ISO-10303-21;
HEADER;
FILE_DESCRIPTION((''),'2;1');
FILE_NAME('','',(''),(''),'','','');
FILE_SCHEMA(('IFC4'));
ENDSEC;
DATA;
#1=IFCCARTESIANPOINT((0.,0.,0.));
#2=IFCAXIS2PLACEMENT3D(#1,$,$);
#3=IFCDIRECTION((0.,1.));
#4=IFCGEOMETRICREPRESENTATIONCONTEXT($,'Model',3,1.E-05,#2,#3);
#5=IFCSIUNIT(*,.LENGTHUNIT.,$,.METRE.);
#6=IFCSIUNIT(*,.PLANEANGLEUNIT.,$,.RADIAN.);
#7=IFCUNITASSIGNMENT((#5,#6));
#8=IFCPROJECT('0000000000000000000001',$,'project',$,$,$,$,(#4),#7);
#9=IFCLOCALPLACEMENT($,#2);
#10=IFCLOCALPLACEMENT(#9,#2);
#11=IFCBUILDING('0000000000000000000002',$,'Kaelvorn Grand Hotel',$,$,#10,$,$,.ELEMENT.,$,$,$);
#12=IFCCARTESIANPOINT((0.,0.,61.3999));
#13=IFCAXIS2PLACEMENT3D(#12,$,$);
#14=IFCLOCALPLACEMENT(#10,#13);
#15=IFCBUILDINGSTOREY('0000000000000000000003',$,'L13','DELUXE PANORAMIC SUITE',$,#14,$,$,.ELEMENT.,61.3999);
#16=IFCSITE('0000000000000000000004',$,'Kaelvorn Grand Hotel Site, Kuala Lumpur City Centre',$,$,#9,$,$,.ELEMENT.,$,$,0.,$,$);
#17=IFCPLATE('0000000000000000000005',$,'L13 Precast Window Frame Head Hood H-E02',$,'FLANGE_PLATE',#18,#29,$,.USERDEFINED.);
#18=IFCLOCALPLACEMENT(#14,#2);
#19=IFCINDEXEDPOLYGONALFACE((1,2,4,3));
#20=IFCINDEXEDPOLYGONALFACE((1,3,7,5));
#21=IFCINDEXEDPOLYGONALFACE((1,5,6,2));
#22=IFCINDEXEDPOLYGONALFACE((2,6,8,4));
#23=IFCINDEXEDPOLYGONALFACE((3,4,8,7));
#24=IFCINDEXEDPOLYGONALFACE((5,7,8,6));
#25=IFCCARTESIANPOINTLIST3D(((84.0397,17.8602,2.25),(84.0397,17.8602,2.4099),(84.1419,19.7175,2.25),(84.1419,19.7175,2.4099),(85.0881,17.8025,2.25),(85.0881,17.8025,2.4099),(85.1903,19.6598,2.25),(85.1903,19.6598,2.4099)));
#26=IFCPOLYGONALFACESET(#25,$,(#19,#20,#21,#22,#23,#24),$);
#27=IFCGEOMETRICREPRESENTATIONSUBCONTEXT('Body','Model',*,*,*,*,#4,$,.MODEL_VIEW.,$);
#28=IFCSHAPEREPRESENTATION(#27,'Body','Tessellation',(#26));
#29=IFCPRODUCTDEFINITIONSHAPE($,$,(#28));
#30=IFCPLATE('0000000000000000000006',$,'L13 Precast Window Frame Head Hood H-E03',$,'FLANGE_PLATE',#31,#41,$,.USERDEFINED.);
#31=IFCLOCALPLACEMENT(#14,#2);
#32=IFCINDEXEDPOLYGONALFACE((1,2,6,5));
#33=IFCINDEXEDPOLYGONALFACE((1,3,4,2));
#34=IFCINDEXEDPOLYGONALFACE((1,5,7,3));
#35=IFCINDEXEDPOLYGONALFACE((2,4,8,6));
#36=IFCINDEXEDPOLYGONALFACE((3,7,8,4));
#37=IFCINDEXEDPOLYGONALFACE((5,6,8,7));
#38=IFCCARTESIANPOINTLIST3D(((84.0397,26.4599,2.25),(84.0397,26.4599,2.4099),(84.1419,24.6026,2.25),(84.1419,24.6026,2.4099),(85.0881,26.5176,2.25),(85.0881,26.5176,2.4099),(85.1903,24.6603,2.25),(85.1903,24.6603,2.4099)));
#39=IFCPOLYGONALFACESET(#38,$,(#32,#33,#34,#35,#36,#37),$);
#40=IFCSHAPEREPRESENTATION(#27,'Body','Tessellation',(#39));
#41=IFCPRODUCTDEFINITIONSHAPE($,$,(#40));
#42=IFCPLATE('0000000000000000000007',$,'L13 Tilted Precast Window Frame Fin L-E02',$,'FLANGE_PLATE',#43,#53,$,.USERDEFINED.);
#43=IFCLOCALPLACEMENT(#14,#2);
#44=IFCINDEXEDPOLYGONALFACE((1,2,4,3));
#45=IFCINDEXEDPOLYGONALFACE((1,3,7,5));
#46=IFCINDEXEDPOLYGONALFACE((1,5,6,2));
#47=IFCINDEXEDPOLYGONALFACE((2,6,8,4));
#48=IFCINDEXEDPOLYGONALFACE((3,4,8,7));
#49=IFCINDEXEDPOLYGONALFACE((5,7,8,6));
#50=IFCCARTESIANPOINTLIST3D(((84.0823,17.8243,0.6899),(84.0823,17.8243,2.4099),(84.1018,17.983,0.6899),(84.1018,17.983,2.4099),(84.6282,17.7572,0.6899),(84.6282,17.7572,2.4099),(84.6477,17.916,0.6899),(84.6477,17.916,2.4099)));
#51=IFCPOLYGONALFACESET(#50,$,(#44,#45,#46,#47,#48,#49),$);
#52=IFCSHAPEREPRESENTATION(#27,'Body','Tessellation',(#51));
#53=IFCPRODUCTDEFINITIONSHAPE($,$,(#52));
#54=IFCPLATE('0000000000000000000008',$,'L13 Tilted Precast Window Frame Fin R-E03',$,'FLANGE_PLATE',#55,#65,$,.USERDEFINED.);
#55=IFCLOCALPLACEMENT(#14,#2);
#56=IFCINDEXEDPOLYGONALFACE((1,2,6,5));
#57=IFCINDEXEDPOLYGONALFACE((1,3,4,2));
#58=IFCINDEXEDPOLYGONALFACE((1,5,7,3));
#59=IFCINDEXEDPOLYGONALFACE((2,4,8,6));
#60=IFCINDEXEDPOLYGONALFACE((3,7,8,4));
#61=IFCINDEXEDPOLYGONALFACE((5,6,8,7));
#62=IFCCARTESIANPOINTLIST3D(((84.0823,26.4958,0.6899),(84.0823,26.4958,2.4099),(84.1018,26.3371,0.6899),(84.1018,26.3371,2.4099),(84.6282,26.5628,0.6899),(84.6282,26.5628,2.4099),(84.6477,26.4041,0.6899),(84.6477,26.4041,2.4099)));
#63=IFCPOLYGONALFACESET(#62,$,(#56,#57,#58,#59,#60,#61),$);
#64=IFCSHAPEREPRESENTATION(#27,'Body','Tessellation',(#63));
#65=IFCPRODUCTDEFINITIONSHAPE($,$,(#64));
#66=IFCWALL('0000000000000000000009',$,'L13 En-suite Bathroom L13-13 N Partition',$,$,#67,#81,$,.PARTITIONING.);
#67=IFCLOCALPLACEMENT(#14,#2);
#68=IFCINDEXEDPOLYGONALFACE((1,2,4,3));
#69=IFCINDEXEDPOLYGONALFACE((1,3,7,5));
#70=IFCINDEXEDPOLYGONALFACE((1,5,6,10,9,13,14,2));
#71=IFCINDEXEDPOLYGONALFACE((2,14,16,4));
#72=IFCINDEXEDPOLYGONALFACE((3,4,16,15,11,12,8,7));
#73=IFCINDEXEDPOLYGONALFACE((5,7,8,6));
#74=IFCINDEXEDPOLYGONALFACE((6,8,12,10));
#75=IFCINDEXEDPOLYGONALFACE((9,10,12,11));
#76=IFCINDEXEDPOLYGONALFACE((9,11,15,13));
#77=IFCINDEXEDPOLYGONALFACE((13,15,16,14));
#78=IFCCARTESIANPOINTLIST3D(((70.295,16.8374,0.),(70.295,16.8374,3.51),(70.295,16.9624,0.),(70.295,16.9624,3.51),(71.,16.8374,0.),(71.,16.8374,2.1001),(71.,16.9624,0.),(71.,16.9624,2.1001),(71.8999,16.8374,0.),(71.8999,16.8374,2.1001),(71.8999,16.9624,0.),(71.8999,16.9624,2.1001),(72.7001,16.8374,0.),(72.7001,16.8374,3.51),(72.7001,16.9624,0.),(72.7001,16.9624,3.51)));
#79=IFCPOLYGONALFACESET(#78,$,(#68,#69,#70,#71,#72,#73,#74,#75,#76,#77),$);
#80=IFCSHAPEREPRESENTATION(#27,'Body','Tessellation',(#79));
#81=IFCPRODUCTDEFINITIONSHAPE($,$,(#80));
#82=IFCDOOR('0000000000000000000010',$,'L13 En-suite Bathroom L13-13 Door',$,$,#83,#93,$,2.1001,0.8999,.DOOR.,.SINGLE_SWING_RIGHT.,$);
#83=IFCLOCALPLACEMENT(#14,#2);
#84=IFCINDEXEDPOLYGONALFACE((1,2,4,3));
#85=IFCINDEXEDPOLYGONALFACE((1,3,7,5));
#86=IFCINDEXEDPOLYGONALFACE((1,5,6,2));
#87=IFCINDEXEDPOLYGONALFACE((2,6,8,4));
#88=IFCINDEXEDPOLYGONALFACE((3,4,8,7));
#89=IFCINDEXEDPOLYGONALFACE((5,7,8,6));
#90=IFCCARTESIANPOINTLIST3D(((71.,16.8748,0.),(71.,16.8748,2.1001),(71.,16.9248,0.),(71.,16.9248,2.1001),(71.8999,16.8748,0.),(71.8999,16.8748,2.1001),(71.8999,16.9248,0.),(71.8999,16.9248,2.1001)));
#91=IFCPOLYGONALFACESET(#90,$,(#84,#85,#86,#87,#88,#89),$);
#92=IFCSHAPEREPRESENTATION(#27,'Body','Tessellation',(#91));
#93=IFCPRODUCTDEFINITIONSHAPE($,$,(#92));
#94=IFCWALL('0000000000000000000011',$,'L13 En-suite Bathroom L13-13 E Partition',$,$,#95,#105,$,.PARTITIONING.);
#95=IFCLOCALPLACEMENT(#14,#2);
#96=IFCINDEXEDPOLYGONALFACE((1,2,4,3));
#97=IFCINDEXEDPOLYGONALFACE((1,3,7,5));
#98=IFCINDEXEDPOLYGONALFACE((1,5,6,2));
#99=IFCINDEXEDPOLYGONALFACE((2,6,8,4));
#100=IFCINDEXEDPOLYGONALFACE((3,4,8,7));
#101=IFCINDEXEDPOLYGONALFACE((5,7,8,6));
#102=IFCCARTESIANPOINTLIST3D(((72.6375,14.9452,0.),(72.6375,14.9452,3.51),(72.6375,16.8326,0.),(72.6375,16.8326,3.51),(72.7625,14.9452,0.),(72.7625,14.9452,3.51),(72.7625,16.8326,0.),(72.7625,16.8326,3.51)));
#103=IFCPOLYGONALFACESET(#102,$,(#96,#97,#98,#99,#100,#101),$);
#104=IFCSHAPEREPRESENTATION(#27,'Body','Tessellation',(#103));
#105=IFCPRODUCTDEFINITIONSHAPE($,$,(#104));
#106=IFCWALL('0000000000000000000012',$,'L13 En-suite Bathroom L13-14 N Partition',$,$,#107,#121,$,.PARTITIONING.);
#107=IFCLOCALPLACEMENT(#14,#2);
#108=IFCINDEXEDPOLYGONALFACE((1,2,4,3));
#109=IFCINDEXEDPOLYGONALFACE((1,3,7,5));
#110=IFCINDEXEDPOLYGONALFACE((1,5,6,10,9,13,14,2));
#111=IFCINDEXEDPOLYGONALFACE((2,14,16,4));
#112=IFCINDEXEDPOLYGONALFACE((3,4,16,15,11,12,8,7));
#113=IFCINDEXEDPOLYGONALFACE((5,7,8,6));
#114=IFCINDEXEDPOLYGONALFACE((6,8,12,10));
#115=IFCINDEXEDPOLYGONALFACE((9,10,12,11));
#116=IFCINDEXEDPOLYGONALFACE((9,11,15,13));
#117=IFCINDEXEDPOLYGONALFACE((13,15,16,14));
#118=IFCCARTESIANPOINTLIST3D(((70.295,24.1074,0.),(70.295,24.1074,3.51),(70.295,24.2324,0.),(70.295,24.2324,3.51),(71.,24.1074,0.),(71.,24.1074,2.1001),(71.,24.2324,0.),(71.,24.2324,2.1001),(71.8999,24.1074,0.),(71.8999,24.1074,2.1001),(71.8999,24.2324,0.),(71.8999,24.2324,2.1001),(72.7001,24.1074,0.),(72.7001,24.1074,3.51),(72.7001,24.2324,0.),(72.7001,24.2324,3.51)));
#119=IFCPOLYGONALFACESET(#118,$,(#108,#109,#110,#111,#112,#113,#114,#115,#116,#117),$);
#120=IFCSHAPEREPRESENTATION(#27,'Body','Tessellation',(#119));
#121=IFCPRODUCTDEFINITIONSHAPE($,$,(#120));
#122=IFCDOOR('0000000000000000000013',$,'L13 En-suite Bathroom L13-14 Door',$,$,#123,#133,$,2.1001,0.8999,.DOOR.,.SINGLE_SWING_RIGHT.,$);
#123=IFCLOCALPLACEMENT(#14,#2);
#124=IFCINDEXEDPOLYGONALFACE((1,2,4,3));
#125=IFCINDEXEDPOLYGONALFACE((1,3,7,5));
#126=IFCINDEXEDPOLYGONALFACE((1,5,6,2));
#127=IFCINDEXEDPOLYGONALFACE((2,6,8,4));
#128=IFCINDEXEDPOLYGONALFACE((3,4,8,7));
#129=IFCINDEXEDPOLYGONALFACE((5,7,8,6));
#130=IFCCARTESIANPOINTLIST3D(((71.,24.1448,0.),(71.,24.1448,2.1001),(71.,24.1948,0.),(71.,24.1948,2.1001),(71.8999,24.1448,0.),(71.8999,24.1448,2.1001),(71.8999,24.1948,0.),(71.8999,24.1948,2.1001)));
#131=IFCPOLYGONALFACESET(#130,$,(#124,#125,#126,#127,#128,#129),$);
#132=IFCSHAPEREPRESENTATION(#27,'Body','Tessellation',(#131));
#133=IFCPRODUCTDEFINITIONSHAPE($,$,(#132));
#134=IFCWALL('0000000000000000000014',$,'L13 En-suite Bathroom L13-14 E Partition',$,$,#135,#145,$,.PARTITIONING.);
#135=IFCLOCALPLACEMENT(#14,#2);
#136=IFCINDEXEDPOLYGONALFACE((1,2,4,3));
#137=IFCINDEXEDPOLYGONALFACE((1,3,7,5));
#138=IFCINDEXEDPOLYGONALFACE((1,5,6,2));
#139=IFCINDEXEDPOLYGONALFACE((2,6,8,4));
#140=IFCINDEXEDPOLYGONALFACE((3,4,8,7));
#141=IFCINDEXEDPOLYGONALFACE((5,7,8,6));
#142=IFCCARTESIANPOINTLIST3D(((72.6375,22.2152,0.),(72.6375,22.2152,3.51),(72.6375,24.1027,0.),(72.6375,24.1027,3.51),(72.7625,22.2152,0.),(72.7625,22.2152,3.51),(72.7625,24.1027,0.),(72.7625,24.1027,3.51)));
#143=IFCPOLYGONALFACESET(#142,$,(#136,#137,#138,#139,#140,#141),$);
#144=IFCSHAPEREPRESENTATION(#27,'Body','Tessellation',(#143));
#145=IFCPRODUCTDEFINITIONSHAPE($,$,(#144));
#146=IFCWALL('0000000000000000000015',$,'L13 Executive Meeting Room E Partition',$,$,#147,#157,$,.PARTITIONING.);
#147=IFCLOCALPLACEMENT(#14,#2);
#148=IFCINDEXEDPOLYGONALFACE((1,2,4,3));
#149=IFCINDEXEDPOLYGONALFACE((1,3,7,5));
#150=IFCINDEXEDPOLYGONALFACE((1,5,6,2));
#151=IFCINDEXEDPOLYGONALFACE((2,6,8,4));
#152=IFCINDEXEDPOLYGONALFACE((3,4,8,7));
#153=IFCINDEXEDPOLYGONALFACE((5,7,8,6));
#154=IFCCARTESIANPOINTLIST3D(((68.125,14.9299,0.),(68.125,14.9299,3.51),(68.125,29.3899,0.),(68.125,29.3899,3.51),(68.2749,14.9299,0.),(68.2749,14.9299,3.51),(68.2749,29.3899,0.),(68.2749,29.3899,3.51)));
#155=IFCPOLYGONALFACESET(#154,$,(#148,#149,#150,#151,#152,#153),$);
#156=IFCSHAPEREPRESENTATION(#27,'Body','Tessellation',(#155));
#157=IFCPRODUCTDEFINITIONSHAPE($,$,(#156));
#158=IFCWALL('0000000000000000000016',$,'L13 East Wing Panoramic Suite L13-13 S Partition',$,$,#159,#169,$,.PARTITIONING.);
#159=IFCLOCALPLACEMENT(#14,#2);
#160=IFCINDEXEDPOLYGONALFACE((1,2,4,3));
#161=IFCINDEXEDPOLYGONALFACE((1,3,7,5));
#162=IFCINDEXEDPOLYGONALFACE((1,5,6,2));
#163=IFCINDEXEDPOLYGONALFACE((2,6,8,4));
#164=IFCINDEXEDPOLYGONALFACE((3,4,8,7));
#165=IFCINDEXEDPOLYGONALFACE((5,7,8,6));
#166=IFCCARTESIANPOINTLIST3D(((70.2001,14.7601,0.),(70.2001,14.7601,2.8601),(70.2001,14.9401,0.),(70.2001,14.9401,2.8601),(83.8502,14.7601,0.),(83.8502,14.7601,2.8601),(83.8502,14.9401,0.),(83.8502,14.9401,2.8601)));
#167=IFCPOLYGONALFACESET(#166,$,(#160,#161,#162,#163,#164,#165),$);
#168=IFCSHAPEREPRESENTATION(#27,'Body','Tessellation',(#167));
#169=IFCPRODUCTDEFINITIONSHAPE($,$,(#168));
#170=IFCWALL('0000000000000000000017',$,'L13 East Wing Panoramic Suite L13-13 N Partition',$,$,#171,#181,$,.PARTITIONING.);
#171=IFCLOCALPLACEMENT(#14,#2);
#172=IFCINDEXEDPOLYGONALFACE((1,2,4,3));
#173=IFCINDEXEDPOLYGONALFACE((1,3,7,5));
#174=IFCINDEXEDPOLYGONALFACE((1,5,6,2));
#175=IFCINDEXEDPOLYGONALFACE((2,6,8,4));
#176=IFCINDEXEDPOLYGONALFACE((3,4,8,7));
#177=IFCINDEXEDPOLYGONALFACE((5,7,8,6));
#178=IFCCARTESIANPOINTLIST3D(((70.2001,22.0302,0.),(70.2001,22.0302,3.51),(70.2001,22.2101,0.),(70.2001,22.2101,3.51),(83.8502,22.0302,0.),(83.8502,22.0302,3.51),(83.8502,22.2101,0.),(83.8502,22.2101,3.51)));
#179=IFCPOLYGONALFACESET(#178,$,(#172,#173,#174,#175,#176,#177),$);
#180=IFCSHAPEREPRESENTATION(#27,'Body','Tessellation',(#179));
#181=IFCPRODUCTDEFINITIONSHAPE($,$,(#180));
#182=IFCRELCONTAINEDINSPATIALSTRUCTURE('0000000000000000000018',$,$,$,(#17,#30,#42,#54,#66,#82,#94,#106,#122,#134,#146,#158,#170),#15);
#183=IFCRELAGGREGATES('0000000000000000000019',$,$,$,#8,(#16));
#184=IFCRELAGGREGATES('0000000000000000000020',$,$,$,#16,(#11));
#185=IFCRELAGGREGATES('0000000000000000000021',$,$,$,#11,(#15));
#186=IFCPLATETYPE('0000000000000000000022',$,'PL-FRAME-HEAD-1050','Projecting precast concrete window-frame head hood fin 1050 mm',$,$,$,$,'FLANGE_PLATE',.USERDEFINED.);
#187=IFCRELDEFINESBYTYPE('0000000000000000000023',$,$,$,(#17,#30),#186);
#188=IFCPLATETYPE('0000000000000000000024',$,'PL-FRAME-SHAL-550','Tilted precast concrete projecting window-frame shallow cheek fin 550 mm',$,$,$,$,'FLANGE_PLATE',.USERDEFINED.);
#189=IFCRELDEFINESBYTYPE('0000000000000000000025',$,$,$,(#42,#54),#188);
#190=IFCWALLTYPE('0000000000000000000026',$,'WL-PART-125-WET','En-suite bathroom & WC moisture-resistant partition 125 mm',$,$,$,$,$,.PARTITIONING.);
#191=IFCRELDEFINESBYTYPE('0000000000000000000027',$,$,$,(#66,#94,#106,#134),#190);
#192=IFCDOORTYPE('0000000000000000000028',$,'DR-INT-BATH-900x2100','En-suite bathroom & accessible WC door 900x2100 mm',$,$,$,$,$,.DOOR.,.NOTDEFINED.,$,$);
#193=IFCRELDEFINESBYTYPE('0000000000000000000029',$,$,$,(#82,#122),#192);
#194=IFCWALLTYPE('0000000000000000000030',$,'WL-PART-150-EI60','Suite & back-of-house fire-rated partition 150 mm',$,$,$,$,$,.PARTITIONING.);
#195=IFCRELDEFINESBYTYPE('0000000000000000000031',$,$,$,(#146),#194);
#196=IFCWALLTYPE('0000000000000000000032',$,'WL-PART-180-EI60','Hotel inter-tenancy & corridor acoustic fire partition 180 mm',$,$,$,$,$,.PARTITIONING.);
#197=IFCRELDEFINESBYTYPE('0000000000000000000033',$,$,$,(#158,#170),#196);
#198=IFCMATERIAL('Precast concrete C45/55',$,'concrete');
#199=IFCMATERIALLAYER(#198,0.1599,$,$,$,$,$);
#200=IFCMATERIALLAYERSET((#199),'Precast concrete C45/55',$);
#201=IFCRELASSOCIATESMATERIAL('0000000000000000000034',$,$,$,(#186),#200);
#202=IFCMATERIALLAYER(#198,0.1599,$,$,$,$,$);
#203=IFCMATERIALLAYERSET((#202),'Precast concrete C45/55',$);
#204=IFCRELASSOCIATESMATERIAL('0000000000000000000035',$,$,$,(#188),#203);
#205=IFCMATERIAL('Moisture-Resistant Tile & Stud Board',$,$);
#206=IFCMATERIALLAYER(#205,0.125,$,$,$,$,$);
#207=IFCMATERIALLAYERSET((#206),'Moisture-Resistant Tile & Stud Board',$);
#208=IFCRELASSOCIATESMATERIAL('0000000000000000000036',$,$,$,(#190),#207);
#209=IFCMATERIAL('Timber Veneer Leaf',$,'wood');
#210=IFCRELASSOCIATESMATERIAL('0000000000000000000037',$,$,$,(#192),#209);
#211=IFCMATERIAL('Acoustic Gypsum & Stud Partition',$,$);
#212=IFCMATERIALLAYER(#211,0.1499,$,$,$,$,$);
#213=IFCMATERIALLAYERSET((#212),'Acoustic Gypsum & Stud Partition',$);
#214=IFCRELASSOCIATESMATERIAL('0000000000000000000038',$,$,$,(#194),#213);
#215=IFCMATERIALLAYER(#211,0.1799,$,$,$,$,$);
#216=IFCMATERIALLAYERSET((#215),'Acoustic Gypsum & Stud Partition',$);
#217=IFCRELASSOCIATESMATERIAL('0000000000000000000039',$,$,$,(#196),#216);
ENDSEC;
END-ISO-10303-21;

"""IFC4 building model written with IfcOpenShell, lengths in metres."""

from ifc_helpers import new_model, si_unit, direction, frame, frame_2d, origin, origin_2d, place, context, subcontext, project, spatial, rectangle, extrude, material, layer, layer_set, type_object, element, fill, save


model = new_model("IFC4")

# Units and contexts
model_context = context("Model", 3, precision=1e-05, world=origin(), true_north=direction((0.0, 1.0)))
body_context = subcontext(model_context, "Body", "Model", "MODEL_VIEW")
ifc_project = project(units=[si_unit("LENGTHUNIT", "METRE"), si_unit("PLANEANGLEUNIT", "RADIAN")], contexts=[model_context])

# Site, building, storey
site_placement = place(None, origin())
site = spatial("IfcSite", under=ifc_project, at=site_placement, Name="Kaelvorn Grand Hotel Site, Kuala Lumpur City Centre", CompositionType="ELEMENT", RefElevation=0.0)
building_placement = place(site_placement, origin())
building = spatial("IfcBuilding", under=site, at=building_placement, Name="Kaelvorn Grand Hotel", CompositionType="ELEMENT")
storey_placement = place(building_placement, frame((0.0, 0.0, 61.3999)))
storey = spatial("IfcBuildingStorey", under=building, at=storey_placement, Name="L13", Description="DELUXE PANORAMIC SUITE", CompositionType="ELEMENT", Elevation=61.3999)

# Plates
ifc_material_1 = material(Name="Precast concrete C45/55", Category="concrete")
ifc_layer_1 = layer(ifc_material_1, 0.1599)
ifc_layer_set_1 = layer_set([ifc_layer_1], Name="Precast concrete C45/55")
plate_type_1 = type_object("IfcPlateType", Name="PL-FRAME-HEAD-1050", Description="Projecting precast concrete window-frame head hood fin 1050 mm", ElementType="FLANGE_PLATE", PredefinedType="USERDEFINED", material=ifc_layer_set_1)
for number, where, z_axis, x_axis, name in (
    (1, (84.615, 18.76, 2.25), (0.0, 0.0, 1.0), (0.05495, 0.998489, 0.0), "L13 Precast Window Frame Head Hood H-E02"),
    (2, (84.615, 25.5601, 2.25), (0.0, 0.0, 1.0), (-0.05495, 0.998489, 0.0), "L13 Precast Window Frame Head Hood H-E03"),
):
    element("IfcPlate", number, at=place(storey_placement, frame(where, z_axis=z_axis, x_axis=x_axis)), inside=storey, type_object=plate_type_1, Name=name, ObjectType="FLANGE_PLATE", PredefinedType="USERDEFINED", context=body_context, shape_type="SweptSolid", body=[
        extrude(rectangle(XDim=1.8601, YDim=1.05, at=origin_2d()), origin(), (0.0, 0.0, 1.0), 0.1599),
    ])
ifc_layer_2 = layer(ifc_material_1, 0.1599)
ifc_layer_set_2 = layer_set([ifc_layer_2], Name="Precast concrete C45/55")
plate_type_2 = type_object("IfcPlateType", Name="PL-FRAME-SHAL-550", Description="Tilted precast concrete projecting window-frame shallow cheek fin 550 mm", ElementType="FLANGE_PLATE", PredefinedType="USERDEFINED", material=ifc_layer_set_2)
for number, where, z_axis, x_axis, name in (
    (3, (84.365, 17.8701, 0.6899), (0.0, 0.0, 1.0), (0.121869, 0.992546, 0.0), "L13 Tilted Precast Window Frame Fin L-E02"),
    (4, (84.365, 26.45, 0.6899), (0.0, 0.0, 1.0), (-0.121869, 0.992546, 0.0), "L13 Tilted Precast Window Frame Fin R-E03"),
):
    element("IfcPlate", number, at=place(storey_placement, frame(where, z_axis=z_axis, x_axis=x_axis)), inside=storey, type_object=plate_type_2, Name=name, ObjectType="FLANGE_PLATE", PredefinedType="USERDEFINED", context=body_context, shape_type="SweptSolid", body=[
        extrude(rectangle(XDim=0.1599, YDim=0.55, at=origin_2d()), origin(), (0.0, 0.0, 1.0), 1.72),
    ])

# Wall, opening, door
ifc_material_2 = material(Name="Moisture-Resistant Tile & Stud Board")
ifc_layer_3 = layer(ifc_material_2, 0.125)
ifc_layer_set_3 = layer_set([ifc_layer_3], Name="Moisture-Resistant Tile & Stud Board")
wall_type_1 = type_object("IfcWallType", Name="WL-PART-125-WET", Description="En-suite bathroom & WC moisture-resistant partition 125 mm", PredefinedType="PARTITIONING", material=ifc_layer_set_3)
wall_1_placement = place(storey_placement, frame((70.2949, 16.8999, 0.0), z_axis=(0.0, 0.0, 1.0), x_axis=(1.0, 0.0, 0.0)))
wall_1 = element("IfcWall", 5, at=wall_1_placement, inside=storey, type_object=wall_type_1, Name="L13 En-suite Bathroom L13-13 N Partition", PredefinedType="PARTITIONING", context=body_context, shape_type="SweptSolid", body=[
    extrude(rectangle(XDim=2.405, YDim=0.125, at=frame_2d((1.2026, 0.0))), origin(), (0.0, 0.0, 1.0), 3.51),
])
opening_1_placement = place(wall_1_placement, frame((0.7051, 0.0, 0.0)))
opening_1 = element("IfcOpeningElement", 6, at=opening_1_placement, cuts=wall_1, PredefinedType="OPENING", context=body_context, shape_type="SweptSolid", body=[
    extrude(rectangle(XDim=0.8999, YDim=2.1001, at=frame_2d((0.45, 1.05))), frame((0.0, 0.0725, 0.0), z_axis=(0.0, -1.0, 0.0), x_axis=(1.0, 0.0, 0.0)), (0.0, 0.0, 1.0), 0.145),
])
ifc_material_3 = material(Name="Timber Veneer Leaf", Category="wood")
door_type_1 = type_object("IfcDoorType", Name="DR-INT-BATH-900x2100", Description="En-suite bathroom & accessible WC door 900x2100 mm", OperationType="NOTDEFINED", PredefinedType="DOOR", material=ifc_material_3)
door_1_placement = place(opening_1_placement, origin())
door_1 = element("IfcDoor", 7, at=door_1_placement, inside=storey, type_object=door_type_1, Name="L13 En-suite Bathroom L13-13 Door", OperationType="SINGLE_SWING_RIGHT", OverallHeight=2.1001, OverallWidth=0.8999, PredefinedType="DOOR", context=body_context, shape_type="SweptSolid", body=[
    extrude(rectangle(XDim=0.8999, YDim=2.1001, at=frame_2d((0.45, 1.05))), frame((0.0, 0.0249, 0.0), z_axis=(0.0, -1.0, 0.0), x_axis=(1.0, 0.0, 0.0)), (0.0, 0.0, 1.0), 0.05),
])
fill(opening_1, door_1)

# Wall
wall_2_placement = place(storey_placement, frame((72.7, 14.9451, 0.0), z_axis=(0.0, 0.0, 1.0), x_axis=(0.0, 1.0, 0.0)))
element("IfcWall", 8, at=wall_2_placement, inside=storey, type_object=wall_type_1, Name="L13 En-suite Bathroom L13-13 E Partition", PredefinedType="PARTITIONING", context=body_context, shape_type="SweptSolid", body=[
    extrude(rectangle(XDim=1.8875, YDim=0.125, at=frame_2d((0.9438, 0.0))), origin(), (0.0, 0.0, 1.0), 3.51),
])

# Wall, opening, door
wall_3_placement = place(storey_placement, frame((70.2949, 24.1699, 0.0), z_axis=(0.0, 0.0, 1.0), x_axis=(1.0, 0.0, 0.0)))
wall_3 = element("IfcWall", 9, at=wall_3_placement, inside=storey, type_object=wall_type_1, Name="L13 En-suite Bathroom L13-14 N Partition", PredefinedType="PARTITIONING", context=body_context, shape_type="SweptSolid", body=[
    extrude(rectangle(XDim=2.405, YDim=0.125, at=frame_2d((1.2026, 0.0))), origin(), (0.0, 0.0, 1.0), 3.51),
])
opening_2_placement = place(wall_3_placement, frame((0.7051, 0.0, 0.0)))
opening_2 = element("IfcOpeningElement", 10, at=opening_2_placement, cuts=wall_3, PredefinedType="OPENING", context=body_context, shape_type="SweptSolid", body=[
    extrude(rectangle(XDim=0.8999, YDim=2.1001, at=frame_2d((0.45, 1.05))), frame((0.0, 0.0725, 0.0), z_axis=(0.0, -1.0, 0.0), x_axis=(1.0, 0.0, 0.0)), (0.0, 0.0, 1.0), 0.145),
])
door_2_placement = place(opening_2_placement, origin())
door_2 = element("IfcDoor", 11, at=door_2_placement, inside=storey, type_object=door_type_1, Name="L13 En-suite Bathroom L13-14 Door", OperationType="SINGLE_SWING_RIGHT", OverallHeight=2.1001, OverallWidth=0.8999, PredefinedType="DOOR", context=body_context, shape_type="SweptSolid", body=[
    extrude(rectangle(XDim=0.8999, YDim=2.1001, at=frame_2d((0.45, 1.05))), frame((0.0, 0.0249, 0.0), z_axis=(0.0, -1.0, 0.0), x_axis=(1.0, 0.0, 0.0)), (0.0, 0.0, 1.0), 0.05),
])
fill(opening_2, door_2)

# Walls
wall_4_placement = place(storey_placement, frame((72.7, 22.2151, 0.0), z_axis=(0.0, 0.0, 1.0), x_axis=(0.0, 1.0, 0.0)))
element("IfcWall", 12, at=wall_4_placement, inside=storey, type_object=wall_type_1, Name="L13 En-suite Bathroom L13-14 E Partition", PredefinedType="PARTITIONING", context=body_context, shape_type="SweptSolid", body=[
    extrude(rectangle(XDim=1.8875, YDim=0.125, at=frame_2d((0.9438, 0.0))), origin(), (0.0, 0.0, 1.0), 3.51),
])
ifc_material_4 = material(Name="Acoustic Gypsum & Stud Partition")
ifc_layer_4 = layer(ifc_material_4, 0.1499)
ifc_layer_set_4 = layer_set([ifc_layer_4], Name="Acoustic Gypsum & Stud Partition")
wall_type_2 = type_object("IfcWallType", Name="WL-PART-150-EI60", Description="Suite & back-of-house fire-rated partition 150 mm", PredefinedType="PARTITIONING", material=ifc_layer_set_4)
wall_5_placement = place(storey_placement, frame((68.2, 14.9299, 0.0), z_axis=(0.0, 0.0, 1.0), x_axis=(0.0, 1.0, 0.0)))
element("IfcWall", 13, at=wall_5_placement, inside=storey, type_object=wall_type_2, Name="L13 Executive Meeting Room E Partition", PredefinedType="PARTITIONING", context=body_context, shape_type="SweptSolid", body=[
    extrude(rectangle(XDim=14.46, YDim=0.1499, at=frame_2d((7.23, 0.0))), origin(), (0.0, 0.0, 1.0), 3.51),
])
ifc_layer_5 = layer(ifc_material_4, 0.1799)
ifc_layer_set_5 = layer_set([ifc_layer_5], Name="Acoustic Gypsum & Stud Partition")
wall_type_3 = type_object("IfcWallType", Name="WL-PART-180-EI60", Description="Hotel inter-tenancy & corridor acoustic fire partition 180 mm", PredefinedType="PARTITIONING", material=ifc_layer_set_5)
wall_6_placement = place(storey_placement, frame((70.2, 14.8501, 0.0), z_axis=(0.0, 0.0, 1.0), x_axis=(1.0, 0.0, 0.0)))
element("IfcWall", 14, at=wall_6_placement, inside=storey, type_object=wall_type_3, Name="L13 East Wing Panoramic Suite L13-13 S Partition", PredefinedType="PARTITIONING", context=body_context, shape_type="SweptSolid", body=[
    extrude(rectangle(XDim=13.6501, YDim=0.1799, at=frame_2d((6.8252, 0.0))), origin(), (0.0, 0.0, 1.0), 2.8601),
])
wall_7_placement = place(storey_placement, frame((70.2, 22.1201, 0.0), z_axis=(0.0, 0.0, 1.0), x_axis=(1.0, 0.0, 0.0)))
element("IfcWall", 15, at=wall_7_placement, inside=storey, type_object=wall_type_3, Name="L13 East Wing Panoramic Suite L13-13 N Partition", PredefinedType="PARTITIONING", context=body_context, shape_type="SweptSolid", body=[
    extrude(rectangle(XDim=13.6501, YDim=0.1799, at=frame_2d((6.8252, 0.0))), origin(), (0.0, 0.0, 1.0), 3.51),
])

save(model, "model.ifc")
